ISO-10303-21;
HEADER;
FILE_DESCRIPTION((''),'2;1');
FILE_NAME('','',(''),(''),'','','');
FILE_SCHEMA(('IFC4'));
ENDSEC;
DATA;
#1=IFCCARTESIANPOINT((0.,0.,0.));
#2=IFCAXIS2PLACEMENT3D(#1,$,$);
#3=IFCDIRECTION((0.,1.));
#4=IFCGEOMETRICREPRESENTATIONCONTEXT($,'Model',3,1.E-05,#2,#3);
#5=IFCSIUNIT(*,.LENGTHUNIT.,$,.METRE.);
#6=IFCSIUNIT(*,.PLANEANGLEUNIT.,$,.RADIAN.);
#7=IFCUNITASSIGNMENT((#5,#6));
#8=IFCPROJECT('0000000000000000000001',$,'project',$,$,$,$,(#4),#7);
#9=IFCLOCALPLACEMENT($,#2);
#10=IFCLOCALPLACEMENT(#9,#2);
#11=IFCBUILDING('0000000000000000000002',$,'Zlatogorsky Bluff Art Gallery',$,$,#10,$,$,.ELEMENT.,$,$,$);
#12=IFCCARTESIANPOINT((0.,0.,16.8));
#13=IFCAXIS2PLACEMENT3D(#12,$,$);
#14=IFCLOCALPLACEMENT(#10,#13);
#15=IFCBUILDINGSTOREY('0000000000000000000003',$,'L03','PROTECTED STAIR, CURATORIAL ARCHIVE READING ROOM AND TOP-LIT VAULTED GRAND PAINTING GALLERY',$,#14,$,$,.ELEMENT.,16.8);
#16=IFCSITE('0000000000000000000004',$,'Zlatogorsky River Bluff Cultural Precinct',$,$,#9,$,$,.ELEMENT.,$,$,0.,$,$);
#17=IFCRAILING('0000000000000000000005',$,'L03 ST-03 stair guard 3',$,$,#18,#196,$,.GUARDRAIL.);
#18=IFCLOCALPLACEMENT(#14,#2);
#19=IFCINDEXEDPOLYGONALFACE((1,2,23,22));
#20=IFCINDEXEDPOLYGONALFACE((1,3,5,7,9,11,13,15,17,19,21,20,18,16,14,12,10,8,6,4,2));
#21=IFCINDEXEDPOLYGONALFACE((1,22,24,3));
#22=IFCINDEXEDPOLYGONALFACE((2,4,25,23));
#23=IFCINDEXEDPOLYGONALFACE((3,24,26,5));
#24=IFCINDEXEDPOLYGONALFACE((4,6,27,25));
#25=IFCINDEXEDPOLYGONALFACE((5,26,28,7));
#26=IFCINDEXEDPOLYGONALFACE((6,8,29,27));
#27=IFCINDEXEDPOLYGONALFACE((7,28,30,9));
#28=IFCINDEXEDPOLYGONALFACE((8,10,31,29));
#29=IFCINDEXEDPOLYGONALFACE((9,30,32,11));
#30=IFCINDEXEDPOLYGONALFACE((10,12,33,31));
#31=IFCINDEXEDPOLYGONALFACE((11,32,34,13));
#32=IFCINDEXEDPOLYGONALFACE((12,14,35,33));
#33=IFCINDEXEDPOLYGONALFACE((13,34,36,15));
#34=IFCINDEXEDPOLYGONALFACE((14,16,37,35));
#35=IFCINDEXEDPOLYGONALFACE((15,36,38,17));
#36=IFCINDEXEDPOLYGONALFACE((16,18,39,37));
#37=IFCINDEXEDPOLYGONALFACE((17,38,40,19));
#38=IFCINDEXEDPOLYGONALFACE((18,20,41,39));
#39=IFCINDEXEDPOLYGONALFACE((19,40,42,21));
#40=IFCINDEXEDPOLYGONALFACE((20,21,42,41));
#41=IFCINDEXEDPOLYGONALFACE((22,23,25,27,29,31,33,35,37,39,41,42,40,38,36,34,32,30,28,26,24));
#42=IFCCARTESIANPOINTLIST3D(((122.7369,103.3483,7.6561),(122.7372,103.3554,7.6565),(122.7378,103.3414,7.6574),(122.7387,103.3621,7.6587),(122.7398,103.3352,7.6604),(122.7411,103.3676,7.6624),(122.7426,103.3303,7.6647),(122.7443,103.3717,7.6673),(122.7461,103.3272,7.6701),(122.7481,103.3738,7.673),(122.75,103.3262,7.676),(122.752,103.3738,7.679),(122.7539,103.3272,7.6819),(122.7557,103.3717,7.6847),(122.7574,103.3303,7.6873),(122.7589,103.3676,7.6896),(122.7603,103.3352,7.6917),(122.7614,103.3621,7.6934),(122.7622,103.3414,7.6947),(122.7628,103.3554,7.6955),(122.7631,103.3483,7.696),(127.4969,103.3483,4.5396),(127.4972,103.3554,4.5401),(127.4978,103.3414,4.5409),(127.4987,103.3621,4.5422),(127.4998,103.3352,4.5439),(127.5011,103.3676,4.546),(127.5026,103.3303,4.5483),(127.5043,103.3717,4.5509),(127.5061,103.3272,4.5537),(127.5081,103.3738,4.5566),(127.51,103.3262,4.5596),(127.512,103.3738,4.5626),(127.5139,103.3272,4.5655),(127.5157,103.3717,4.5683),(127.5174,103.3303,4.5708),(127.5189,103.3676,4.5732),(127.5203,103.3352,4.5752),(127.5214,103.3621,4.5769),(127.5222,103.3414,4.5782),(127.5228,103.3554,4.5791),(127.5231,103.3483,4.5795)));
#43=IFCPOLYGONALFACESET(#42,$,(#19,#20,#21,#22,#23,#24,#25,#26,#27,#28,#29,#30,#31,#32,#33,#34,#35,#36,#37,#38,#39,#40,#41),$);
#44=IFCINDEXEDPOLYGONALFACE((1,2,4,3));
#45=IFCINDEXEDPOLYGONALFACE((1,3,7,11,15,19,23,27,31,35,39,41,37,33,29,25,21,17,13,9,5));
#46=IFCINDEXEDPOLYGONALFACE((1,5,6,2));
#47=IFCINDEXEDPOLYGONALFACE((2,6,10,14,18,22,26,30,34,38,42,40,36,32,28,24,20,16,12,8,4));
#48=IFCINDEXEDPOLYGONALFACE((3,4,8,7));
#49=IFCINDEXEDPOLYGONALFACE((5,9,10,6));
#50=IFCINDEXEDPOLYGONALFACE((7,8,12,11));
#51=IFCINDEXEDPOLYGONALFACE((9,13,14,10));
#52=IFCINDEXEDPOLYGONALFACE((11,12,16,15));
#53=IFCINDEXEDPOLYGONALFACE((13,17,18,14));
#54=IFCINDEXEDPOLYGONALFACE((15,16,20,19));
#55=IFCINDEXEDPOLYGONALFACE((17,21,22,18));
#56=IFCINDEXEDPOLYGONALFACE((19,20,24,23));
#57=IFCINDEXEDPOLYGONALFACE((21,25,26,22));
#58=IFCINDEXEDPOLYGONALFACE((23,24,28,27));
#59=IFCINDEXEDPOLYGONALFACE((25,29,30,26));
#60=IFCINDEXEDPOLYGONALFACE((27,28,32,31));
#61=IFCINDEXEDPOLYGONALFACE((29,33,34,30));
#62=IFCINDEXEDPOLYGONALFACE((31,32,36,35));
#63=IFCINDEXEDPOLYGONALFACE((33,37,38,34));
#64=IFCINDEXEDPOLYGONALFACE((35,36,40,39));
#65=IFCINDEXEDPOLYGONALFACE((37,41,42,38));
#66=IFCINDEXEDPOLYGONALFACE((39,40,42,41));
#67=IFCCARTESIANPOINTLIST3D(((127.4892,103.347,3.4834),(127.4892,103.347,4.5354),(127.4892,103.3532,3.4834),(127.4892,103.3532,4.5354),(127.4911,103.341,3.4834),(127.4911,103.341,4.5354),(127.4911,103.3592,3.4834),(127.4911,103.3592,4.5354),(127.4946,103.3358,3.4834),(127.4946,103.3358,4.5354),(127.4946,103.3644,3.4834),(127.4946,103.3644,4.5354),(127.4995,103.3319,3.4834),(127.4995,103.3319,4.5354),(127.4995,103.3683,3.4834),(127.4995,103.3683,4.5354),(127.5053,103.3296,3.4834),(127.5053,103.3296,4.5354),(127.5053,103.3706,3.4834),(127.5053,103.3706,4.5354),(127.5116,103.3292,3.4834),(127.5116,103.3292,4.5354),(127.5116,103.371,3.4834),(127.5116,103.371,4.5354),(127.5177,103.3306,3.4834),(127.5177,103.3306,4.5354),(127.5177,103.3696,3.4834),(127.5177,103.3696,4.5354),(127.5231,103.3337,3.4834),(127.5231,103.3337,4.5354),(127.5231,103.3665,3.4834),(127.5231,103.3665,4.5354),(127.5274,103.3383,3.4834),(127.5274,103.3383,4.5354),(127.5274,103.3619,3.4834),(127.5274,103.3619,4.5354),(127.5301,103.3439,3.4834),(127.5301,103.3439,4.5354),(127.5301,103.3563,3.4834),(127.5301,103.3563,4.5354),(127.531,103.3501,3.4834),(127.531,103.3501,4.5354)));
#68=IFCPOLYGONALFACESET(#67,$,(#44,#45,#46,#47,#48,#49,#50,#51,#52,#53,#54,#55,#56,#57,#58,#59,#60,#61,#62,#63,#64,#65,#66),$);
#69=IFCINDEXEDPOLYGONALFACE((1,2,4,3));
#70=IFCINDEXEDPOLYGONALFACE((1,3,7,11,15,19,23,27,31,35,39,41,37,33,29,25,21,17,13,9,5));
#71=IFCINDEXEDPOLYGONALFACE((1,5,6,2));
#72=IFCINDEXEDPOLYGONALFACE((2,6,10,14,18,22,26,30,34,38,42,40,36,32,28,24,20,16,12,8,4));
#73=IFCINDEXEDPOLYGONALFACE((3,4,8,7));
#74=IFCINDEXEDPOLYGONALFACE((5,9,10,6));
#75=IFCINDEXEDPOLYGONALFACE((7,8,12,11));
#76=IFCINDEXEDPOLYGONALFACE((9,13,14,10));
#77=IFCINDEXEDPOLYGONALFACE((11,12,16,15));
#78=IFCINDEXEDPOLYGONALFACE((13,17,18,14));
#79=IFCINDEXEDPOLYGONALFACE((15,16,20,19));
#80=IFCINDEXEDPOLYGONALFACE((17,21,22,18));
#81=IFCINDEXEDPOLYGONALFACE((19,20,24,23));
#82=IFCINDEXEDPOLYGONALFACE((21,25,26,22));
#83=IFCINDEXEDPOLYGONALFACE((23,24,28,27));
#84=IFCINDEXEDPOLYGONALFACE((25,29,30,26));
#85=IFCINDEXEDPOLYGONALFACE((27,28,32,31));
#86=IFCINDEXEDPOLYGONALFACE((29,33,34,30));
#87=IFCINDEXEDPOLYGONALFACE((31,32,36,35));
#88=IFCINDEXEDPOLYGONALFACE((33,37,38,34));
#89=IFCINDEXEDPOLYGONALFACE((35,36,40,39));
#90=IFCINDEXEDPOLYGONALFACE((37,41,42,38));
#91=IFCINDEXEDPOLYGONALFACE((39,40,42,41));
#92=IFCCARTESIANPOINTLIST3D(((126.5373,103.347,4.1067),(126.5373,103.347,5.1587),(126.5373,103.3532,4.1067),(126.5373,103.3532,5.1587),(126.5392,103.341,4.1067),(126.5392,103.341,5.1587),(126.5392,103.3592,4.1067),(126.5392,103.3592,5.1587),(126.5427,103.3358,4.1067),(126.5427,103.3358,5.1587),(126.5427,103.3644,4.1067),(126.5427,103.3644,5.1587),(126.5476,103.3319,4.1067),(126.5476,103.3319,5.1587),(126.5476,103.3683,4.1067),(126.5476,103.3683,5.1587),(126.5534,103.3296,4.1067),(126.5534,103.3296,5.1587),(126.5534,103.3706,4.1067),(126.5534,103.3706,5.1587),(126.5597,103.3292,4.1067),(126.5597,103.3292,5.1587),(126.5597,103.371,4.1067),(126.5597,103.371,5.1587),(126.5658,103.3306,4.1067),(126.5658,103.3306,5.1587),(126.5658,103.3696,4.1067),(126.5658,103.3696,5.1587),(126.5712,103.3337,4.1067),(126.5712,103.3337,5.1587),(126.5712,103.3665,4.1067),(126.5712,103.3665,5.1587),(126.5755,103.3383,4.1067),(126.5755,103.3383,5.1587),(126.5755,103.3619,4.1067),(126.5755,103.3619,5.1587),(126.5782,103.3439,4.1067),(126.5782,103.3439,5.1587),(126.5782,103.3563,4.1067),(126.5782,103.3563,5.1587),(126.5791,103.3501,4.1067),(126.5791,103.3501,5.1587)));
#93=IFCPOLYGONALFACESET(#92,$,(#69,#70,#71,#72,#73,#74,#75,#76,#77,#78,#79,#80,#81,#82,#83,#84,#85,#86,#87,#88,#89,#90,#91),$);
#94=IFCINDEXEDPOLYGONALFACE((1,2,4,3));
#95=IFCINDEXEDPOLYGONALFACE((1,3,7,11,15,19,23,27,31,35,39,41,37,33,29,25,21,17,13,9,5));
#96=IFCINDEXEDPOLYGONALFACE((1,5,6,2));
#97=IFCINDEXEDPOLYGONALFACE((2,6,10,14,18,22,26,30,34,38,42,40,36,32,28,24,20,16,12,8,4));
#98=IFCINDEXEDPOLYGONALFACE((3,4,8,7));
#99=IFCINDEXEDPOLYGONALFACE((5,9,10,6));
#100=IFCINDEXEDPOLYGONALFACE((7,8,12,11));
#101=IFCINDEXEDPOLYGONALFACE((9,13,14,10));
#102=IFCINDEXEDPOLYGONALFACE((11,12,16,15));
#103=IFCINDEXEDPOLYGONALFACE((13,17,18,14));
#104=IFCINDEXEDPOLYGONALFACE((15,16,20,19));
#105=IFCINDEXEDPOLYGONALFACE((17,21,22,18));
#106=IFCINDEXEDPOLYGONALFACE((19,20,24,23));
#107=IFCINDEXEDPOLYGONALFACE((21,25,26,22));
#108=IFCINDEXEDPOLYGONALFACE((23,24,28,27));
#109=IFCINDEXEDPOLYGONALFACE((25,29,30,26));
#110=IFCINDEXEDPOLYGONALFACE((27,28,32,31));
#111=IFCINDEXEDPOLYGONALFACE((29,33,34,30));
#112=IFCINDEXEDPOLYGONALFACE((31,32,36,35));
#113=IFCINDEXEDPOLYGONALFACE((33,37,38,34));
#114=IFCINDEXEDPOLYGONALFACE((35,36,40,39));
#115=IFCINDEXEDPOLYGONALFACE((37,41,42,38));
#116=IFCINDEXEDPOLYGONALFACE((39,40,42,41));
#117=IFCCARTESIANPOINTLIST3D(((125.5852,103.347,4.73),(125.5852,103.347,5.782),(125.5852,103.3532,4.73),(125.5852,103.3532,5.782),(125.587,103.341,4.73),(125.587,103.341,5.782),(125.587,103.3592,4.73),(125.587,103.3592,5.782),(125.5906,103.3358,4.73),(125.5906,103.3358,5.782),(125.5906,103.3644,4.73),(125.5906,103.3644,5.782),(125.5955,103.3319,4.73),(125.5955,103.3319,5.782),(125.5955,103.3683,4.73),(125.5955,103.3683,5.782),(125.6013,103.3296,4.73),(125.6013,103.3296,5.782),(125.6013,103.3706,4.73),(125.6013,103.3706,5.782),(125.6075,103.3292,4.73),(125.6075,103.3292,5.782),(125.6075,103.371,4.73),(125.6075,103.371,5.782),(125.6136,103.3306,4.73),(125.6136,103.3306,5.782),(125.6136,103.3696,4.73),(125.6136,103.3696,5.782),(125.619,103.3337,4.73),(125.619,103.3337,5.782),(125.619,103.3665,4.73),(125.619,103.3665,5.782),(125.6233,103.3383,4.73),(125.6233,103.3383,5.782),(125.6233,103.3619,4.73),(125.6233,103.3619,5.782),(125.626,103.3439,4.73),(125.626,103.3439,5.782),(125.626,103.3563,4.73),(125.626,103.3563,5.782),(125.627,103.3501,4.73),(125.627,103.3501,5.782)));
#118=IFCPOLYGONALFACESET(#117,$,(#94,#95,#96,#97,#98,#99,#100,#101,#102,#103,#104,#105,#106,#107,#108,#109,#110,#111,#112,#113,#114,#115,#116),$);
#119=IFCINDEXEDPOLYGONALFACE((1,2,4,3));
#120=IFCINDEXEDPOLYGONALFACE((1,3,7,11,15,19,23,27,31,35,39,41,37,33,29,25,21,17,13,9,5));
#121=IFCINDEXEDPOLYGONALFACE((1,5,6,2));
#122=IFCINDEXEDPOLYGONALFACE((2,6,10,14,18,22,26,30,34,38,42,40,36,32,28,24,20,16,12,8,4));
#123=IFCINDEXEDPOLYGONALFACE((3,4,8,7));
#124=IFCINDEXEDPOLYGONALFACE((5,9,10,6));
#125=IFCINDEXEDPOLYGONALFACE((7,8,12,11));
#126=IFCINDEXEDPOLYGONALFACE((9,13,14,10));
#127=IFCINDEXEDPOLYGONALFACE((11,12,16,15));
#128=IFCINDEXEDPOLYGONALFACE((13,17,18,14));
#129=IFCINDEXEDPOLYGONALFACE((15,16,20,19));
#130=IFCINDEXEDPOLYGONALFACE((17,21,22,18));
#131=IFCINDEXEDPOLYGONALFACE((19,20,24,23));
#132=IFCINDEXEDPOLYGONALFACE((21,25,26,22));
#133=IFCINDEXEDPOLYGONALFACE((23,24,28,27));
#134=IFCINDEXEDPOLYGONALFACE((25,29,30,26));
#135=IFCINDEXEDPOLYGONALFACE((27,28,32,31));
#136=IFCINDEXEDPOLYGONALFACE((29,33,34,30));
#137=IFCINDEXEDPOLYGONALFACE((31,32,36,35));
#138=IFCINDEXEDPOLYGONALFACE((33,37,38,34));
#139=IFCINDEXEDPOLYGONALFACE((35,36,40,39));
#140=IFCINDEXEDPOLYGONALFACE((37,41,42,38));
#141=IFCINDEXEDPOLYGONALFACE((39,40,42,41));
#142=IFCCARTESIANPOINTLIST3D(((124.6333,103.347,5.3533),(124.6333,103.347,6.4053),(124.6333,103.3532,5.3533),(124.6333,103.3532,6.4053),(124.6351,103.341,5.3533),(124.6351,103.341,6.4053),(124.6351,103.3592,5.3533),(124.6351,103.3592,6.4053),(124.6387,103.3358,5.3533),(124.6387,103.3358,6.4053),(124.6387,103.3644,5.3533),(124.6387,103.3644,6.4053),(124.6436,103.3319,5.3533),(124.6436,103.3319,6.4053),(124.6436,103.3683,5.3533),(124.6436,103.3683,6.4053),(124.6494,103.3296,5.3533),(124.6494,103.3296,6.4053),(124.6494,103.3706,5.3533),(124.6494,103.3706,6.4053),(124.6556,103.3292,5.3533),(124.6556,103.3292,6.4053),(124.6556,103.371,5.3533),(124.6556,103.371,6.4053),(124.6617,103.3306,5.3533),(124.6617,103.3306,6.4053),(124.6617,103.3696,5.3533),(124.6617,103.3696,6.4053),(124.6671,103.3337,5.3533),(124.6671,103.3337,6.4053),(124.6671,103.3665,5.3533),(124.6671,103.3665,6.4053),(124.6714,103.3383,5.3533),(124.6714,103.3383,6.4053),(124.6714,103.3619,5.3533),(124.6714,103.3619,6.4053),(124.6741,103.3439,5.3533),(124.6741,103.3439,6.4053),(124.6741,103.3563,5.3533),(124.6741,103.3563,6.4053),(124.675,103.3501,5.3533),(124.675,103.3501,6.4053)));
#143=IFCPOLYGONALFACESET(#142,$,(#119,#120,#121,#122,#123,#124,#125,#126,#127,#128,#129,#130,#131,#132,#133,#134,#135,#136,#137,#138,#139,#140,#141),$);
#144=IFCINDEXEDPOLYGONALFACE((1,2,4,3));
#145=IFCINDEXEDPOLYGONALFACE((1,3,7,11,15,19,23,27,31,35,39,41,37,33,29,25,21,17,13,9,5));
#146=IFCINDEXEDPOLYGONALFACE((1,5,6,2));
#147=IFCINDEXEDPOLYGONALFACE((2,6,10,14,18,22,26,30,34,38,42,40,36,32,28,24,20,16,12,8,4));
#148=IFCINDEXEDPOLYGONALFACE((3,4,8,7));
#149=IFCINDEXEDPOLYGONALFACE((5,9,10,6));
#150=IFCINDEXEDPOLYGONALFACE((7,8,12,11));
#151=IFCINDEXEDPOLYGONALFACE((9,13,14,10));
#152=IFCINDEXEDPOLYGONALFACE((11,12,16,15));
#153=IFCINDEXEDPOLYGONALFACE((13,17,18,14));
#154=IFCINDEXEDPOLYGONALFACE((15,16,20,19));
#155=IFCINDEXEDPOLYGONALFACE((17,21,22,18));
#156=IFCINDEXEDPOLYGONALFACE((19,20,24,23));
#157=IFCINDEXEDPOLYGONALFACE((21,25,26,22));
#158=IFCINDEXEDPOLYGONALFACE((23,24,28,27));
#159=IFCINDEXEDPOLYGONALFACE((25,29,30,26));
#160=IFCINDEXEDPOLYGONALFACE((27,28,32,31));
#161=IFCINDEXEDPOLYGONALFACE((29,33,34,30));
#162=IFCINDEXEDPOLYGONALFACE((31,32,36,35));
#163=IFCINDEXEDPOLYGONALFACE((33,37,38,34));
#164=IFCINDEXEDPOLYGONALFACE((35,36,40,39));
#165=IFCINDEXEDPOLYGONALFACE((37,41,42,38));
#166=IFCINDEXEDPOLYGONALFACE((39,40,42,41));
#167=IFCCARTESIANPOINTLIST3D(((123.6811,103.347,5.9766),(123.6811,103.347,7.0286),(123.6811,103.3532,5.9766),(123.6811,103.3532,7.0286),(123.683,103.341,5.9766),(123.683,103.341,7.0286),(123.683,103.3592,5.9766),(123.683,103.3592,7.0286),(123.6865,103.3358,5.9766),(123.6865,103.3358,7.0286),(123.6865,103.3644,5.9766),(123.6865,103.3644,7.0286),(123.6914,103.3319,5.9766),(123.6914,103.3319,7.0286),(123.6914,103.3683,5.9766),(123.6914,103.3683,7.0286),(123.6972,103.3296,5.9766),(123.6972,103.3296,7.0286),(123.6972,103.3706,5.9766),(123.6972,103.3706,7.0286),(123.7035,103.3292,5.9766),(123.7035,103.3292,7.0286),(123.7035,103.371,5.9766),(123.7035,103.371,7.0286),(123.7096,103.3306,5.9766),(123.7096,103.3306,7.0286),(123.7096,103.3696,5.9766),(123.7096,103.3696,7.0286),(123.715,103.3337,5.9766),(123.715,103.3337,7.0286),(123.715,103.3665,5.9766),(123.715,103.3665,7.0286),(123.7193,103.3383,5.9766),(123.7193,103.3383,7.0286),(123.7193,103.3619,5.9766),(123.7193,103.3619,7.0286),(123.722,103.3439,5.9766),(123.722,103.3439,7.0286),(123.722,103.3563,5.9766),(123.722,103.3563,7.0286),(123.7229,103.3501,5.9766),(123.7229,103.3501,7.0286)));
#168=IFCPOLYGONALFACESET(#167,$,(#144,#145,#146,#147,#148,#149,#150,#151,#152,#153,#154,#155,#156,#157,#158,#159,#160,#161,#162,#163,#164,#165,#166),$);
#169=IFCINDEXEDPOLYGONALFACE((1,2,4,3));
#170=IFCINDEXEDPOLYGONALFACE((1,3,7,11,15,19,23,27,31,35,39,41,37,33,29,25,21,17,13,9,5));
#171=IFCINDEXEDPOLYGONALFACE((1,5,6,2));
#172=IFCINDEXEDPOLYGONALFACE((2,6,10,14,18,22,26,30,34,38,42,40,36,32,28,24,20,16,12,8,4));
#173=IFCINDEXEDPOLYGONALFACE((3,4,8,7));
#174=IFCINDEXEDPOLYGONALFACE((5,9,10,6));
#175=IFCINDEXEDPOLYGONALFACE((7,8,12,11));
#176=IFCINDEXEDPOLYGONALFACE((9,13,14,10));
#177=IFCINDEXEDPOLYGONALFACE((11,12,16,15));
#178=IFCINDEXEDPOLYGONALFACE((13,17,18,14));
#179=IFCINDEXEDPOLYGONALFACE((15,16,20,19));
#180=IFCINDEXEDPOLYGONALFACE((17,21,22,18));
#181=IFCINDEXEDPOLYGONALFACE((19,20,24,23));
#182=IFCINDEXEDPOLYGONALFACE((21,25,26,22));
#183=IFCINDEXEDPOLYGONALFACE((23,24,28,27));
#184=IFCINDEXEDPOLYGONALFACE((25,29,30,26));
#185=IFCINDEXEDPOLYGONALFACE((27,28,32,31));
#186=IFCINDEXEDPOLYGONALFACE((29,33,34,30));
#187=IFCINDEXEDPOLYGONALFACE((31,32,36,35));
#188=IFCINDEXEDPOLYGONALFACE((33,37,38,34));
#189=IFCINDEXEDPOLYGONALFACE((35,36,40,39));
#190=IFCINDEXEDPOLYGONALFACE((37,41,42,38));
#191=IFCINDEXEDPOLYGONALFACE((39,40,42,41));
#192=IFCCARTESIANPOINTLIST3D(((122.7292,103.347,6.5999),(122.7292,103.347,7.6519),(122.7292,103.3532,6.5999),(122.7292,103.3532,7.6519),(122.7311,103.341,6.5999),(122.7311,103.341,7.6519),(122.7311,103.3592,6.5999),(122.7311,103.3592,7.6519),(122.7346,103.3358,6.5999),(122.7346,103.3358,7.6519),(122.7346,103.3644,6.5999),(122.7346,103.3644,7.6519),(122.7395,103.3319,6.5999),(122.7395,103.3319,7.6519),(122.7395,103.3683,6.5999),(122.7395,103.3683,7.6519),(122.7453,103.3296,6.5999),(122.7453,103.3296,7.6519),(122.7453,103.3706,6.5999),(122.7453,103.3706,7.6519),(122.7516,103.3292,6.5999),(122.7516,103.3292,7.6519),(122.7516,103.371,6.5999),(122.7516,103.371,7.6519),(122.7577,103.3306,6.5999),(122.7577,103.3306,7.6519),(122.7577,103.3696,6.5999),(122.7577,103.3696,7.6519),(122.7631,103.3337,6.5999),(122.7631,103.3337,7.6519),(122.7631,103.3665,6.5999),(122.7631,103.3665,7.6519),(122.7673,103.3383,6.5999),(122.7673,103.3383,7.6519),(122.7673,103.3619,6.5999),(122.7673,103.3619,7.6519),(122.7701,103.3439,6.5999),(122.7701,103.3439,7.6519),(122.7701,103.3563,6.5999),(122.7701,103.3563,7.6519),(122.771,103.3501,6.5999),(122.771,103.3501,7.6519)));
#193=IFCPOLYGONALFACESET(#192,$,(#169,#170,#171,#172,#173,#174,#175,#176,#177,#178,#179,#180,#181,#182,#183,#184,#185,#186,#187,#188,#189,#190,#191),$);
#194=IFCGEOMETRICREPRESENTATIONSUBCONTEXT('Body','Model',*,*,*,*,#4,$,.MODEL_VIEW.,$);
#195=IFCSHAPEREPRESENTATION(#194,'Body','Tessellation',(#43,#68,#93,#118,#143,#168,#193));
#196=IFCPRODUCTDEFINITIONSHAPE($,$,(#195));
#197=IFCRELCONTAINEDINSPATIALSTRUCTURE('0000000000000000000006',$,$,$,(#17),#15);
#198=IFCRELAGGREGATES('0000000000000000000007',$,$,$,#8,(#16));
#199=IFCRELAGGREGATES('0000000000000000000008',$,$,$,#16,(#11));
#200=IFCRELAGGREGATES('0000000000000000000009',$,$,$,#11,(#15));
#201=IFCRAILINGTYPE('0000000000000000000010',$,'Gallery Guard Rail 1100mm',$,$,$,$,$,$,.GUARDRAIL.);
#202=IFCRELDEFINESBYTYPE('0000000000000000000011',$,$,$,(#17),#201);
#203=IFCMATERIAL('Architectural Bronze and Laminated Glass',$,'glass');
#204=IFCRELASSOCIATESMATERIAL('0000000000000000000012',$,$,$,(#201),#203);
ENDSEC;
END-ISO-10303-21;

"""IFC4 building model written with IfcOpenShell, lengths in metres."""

from ifc_helpers import new_model, si_unit, direction, frame, origin, origin_2d, place, context, subcontext, project, spatial, circle, extrude, material, type_object, element, save


model = new_model("IFC4")

# Units and contexts
model_context = context("Model", 3, precision=1e-05, world=origin(), true_north=direction((0.0, 1.0)))
body_context = subcontext(model_context, "Body", "Model", "MODEL_VIEW")
ifc_project = project(units=[si_unit("LENGTHUNIT", "METRE"), si_unit("PLANEANGLEUNIT", "RADIAN")], contexts=[model_context])

# Site, building, storey
site_placement = place(None, origin())
site = spatial("IfcSite", under=ifc_project, at=site_placement, Name="Zlatogorsky River Bluff Cultural Precinct", CompositionType="ELEMENT", RefElevation=0.0)
building_placement = place(site_placement, origin())
building = spatial("IfcBuilding", under=site, at=building_placement, Name="Zlatogorsky Bluff Art Gallery", CompositionType="ELEMENT")
storey_placement = place(building_placement, frame((0.0, 0.0, 16.8)))
storey = spatial("IfcBuildingStorey", under=building, at=storey_placement, Name="L03", Description="PROTECTED STAIR, CURATORIAL ARCHIVE READING ROOM AND TOP-LIT VAULTED GRAND PAINTING GALLERY", CompositionType="ELEMENT", Elevation=16.8)

# Railing
ifc_material_1 = material(Name="Architectural Bronze and Laminated Glass", Category="glass")
railing_type_1 = type_object("IfcRailingType", Name="Gallery Guard Rail 1100mm", PredefinedType="GUARDRAIL", material=ifc_material_1)
railing_1_placement = place(storey_placement, frame((127.51, 103.3501, 3.4834)))
element("IfcRailing", 1, at=railing_1_placement, inside=storey, type_object=railing_type_1, Name="L03 ST-03 stair guard 3", PredefinedType="GUARDRAIL", context=body_context, shape_type="SweptSolid", body=[
    extrude(circle(Radius=0.0239, at=origin_2d()), frame((0.0, 0.0, 1.0762), z_axis=(-0.836636, 0.0, 0.547759), x_axis=(0.0, -1.0, 0.0)), (0.0, 0.0, 1.0), 5.6895),
    extrude(circle(Radius=0.021, at=origin_2d()), origin(), (0.0, 0.0, 1.0), 1.052),
    extrude(circle(Radius=0.021, at=origin_2d()), frame((-0.9519, 0.0, 0.6233)), (0.0, 0.0, 1.0), 1.052),
    extrude(circle(Radius=0.021, at=origin_2d()), frame((-1.9041, 0.0, 1.2466)), (0.0, 0.0, 1.0), 1.052),
    extrude(circle(Radius=0.021, at=origin_2d()), frame((-2.856, 0.0, 1.8699)), (0.0, 0.0, 1.0), 1.052),
    extrude(circle(Radius=0.021, at=origin_2d()), frame((-3.8081, 0.0, 2.4932)), (0.0, 0.0, 1.0), 1.052),
    extrude(circle(Radius=0.021, at=origin_2d()), frame((-4.76, 0.0, 3.1165)), (0.0, 0.0, 1.0), 1.052),
])

save(model, "model.ifc")
